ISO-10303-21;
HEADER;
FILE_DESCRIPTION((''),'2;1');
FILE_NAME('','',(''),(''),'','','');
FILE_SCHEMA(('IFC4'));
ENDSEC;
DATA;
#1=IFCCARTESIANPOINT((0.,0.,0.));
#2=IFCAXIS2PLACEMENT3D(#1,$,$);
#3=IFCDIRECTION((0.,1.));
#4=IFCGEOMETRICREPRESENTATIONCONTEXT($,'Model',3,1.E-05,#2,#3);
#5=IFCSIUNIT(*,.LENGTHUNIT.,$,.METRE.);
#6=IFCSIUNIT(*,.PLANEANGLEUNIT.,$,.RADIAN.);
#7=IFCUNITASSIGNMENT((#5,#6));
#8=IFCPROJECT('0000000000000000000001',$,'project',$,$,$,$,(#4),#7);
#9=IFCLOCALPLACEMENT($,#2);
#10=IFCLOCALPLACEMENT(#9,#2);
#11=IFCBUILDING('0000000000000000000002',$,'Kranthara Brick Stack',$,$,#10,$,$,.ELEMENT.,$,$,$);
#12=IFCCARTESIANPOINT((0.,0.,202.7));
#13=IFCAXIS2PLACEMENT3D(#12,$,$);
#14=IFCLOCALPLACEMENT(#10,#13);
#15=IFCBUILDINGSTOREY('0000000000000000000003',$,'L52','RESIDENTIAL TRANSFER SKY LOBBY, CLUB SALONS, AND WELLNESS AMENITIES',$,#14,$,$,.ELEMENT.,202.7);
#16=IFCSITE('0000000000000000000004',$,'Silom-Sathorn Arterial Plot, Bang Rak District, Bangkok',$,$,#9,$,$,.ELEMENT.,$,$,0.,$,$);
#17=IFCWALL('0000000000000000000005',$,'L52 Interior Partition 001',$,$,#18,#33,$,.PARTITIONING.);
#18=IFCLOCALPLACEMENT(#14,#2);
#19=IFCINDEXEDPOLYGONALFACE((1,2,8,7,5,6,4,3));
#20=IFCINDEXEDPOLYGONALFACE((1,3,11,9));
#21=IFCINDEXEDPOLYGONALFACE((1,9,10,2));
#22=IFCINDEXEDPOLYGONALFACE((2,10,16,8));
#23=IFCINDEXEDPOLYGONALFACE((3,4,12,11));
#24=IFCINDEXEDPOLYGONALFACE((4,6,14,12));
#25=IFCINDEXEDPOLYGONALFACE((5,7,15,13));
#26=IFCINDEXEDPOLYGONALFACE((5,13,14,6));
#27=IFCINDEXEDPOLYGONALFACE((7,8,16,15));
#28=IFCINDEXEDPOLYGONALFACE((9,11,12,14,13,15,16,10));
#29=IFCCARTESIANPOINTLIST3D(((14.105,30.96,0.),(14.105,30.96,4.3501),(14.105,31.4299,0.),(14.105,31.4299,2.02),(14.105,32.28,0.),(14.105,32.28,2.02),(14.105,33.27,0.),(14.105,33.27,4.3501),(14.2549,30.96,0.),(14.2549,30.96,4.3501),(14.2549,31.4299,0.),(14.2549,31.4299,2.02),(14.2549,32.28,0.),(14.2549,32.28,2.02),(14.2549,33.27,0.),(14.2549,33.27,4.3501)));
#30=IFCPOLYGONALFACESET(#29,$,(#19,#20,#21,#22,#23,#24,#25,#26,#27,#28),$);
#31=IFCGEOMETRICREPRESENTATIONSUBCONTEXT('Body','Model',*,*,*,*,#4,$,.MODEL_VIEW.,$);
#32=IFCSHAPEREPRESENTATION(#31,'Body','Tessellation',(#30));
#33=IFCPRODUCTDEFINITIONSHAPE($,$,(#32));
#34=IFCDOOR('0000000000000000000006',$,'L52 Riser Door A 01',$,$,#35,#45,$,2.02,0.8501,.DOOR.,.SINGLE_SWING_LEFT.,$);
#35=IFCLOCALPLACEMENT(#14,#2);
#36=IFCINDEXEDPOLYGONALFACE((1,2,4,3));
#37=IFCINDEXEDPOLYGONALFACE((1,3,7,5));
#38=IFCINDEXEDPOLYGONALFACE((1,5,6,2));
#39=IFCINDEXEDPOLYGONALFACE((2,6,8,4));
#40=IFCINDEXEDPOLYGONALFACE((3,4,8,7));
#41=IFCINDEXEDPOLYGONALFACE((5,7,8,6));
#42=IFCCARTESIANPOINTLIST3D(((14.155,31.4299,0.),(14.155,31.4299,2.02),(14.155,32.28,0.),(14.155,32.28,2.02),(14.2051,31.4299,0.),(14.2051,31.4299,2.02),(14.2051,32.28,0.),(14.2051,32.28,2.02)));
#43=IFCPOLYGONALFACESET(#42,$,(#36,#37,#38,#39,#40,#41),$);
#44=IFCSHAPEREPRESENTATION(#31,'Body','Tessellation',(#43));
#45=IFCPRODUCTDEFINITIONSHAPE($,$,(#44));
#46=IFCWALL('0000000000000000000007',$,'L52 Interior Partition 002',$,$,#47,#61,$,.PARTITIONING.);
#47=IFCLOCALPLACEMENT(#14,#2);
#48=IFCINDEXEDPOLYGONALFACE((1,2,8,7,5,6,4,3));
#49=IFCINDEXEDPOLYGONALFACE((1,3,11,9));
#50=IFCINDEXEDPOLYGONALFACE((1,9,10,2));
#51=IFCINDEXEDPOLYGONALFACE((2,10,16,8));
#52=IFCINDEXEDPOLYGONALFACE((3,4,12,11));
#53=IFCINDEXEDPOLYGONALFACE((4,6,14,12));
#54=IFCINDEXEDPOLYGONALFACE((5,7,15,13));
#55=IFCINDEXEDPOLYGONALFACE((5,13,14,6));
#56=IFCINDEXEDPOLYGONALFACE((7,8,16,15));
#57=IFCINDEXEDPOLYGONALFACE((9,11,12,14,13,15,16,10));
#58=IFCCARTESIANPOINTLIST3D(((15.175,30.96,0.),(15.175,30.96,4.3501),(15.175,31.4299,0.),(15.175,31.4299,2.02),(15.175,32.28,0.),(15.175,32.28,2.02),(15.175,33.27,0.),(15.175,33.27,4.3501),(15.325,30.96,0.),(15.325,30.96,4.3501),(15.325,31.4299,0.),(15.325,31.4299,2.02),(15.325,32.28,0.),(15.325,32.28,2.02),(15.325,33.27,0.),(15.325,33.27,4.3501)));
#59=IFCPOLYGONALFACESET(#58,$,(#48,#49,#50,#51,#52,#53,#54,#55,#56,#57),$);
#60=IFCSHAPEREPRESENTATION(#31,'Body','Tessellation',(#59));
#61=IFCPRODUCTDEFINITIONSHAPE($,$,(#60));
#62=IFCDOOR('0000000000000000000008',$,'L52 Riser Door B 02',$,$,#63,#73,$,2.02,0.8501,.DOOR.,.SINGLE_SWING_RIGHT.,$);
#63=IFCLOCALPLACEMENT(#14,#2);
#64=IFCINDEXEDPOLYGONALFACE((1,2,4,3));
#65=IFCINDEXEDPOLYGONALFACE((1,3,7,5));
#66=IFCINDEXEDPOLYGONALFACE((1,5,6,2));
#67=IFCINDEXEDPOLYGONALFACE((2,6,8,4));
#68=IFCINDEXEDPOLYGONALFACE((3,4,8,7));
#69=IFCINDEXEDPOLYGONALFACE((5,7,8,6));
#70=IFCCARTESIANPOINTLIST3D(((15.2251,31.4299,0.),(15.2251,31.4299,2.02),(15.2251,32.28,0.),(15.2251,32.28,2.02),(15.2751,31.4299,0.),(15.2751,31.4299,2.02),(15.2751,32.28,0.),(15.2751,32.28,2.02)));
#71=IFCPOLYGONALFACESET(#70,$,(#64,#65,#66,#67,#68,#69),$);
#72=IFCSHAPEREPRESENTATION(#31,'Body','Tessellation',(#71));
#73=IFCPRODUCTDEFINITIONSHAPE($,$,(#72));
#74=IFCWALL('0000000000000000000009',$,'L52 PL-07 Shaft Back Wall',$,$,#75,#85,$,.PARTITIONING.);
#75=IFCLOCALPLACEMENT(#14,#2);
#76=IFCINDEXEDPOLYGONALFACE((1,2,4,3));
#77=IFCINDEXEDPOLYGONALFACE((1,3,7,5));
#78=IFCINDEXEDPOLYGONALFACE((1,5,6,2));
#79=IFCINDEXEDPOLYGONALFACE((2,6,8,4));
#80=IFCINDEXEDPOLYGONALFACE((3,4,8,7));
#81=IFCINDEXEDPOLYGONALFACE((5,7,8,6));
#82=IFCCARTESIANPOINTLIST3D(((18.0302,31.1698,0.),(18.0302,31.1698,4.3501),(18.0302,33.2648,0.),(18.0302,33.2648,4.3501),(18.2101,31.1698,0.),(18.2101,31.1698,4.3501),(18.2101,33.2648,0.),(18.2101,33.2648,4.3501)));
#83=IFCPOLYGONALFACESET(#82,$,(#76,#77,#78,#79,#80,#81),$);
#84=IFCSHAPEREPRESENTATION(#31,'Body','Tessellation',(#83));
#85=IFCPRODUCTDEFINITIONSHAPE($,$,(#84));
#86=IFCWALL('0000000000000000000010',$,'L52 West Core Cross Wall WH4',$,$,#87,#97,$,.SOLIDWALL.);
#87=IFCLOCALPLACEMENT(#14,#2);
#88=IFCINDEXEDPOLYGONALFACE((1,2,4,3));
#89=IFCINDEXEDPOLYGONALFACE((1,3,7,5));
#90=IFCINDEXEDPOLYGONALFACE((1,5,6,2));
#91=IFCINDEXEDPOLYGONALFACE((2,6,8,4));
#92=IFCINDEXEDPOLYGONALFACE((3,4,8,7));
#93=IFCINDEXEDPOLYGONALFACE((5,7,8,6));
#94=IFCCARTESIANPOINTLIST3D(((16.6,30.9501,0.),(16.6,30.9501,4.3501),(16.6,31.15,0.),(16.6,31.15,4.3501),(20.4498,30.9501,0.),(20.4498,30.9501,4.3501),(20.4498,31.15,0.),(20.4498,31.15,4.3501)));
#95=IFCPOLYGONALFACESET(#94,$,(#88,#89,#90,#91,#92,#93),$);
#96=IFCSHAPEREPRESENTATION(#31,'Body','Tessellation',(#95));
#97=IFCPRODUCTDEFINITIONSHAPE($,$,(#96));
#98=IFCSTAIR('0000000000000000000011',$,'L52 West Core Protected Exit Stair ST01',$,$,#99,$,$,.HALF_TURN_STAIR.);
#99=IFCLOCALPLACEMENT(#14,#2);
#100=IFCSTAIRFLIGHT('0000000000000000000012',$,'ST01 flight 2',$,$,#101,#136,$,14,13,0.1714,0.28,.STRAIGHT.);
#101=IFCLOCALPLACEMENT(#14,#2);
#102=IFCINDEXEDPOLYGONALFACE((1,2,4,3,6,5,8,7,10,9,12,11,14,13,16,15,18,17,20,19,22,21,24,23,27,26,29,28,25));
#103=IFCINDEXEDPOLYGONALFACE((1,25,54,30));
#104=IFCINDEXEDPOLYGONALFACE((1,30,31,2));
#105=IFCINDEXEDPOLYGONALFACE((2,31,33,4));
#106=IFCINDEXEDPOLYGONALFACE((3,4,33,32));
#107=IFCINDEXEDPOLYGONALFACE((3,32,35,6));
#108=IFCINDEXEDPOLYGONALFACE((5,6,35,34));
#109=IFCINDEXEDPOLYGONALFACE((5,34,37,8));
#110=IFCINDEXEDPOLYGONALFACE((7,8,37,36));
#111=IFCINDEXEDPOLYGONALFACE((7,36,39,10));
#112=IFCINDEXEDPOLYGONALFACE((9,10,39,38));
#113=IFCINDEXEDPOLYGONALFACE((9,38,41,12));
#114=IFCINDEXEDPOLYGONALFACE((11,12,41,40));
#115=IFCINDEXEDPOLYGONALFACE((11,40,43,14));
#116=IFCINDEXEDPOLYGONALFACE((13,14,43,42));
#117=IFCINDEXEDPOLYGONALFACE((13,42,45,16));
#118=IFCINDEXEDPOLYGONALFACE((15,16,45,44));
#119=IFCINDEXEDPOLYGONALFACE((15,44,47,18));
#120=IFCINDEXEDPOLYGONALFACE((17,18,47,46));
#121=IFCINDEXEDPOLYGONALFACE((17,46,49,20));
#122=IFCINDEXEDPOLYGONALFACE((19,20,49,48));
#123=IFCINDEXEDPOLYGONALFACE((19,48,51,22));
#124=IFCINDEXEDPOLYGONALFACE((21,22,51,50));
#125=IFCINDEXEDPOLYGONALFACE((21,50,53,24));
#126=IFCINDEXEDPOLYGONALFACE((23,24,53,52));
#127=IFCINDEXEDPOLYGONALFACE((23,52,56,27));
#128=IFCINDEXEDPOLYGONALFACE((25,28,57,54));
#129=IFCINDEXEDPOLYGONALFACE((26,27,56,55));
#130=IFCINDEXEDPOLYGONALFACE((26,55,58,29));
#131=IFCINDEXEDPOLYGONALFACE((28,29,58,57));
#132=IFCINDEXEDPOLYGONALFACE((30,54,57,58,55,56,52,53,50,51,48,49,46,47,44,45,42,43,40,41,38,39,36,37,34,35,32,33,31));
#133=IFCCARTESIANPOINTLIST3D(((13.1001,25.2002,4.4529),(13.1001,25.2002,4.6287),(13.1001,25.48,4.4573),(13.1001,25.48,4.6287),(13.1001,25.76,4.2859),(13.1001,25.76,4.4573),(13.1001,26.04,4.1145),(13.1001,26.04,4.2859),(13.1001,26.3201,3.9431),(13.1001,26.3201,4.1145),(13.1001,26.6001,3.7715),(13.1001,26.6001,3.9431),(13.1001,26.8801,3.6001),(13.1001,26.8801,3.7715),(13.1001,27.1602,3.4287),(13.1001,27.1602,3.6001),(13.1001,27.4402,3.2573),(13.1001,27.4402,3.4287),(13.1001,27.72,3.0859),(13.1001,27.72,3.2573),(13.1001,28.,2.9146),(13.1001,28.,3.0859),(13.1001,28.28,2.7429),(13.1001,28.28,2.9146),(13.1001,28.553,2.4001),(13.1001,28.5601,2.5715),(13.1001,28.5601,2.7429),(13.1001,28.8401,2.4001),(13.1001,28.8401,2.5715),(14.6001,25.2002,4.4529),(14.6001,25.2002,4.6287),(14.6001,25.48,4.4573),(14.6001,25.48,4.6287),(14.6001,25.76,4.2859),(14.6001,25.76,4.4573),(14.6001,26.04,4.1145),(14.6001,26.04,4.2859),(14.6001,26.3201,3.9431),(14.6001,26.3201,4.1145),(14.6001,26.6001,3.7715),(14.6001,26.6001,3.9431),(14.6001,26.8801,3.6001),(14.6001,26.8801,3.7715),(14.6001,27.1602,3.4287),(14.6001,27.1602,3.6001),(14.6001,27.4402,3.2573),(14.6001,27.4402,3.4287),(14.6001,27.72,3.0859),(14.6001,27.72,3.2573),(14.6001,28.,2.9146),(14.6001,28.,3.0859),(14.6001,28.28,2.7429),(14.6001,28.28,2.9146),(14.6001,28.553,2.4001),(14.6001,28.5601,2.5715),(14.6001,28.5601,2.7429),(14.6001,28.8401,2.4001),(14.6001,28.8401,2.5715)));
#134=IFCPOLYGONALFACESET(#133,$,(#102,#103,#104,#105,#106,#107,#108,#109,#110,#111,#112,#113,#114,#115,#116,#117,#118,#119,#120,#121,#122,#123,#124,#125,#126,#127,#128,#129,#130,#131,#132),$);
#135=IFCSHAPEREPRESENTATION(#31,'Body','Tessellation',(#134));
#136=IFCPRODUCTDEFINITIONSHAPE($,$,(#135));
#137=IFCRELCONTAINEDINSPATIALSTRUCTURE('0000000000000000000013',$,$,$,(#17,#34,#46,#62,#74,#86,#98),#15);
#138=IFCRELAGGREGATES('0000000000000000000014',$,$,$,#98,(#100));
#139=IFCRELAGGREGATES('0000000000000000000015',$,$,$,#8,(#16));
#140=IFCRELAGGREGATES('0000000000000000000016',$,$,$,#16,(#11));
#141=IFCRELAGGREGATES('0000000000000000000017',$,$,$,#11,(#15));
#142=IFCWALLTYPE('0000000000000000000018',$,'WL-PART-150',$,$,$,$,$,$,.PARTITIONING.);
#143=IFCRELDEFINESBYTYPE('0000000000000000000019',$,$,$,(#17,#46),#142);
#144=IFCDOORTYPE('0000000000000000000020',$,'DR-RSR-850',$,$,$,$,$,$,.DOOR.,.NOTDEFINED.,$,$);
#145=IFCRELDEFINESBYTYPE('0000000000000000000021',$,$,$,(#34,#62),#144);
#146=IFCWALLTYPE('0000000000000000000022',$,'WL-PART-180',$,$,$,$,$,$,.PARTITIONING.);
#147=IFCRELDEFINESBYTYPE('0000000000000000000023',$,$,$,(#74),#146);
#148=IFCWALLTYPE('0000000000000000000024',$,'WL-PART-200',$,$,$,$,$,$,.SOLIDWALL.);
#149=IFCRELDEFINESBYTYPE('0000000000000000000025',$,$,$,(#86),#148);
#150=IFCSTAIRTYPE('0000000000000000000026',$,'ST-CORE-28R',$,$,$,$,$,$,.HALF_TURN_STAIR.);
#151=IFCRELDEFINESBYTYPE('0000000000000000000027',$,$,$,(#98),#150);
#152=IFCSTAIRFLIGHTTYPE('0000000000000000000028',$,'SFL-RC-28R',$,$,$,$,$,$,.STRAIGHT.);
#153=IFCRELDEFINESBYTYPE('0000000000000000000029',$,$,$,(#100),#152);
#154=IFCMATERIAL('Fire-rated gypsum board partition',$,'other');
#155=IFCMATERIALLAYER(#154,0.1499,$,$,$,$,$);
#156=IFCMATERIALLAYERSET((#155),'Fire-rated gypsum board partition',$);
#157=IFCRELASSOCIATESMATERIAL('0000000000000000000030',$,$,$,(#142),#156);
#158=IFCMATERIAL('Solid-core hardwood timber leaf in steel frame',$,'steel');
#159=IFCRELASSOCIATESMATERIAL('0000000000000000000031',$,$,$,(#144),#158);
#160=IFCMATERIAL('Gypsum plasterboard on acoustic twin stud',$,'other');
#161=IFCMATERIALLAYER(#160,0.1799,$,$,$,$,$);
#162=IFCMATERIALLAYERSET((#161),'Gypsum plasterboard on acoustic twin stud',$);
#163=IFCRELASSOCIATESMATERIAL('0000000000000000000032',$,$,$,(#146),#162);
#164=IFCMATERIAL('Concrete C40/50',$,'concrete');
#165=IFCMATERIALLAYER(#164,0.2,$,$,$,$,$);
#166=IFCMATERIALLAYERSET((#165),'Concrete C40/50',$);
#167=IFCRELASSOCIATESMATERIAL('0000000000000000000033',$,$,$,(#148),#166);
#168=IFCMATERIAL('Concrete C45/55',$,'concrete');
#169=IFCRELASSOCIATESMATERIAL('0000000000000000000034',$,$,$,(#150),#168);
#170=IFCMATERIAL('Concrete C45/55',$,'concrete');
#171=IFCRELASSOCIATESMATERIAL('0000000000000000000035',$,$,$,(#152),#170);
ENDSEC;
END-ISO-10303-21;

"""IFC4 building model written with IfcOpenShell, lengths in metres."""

from ifc_helpers import new_model, si_unit, direction, frame, frame_2d, origin, place, context, subcontext, project, spatial, polyline, rectangle, outline, extrude, material, layer, layer_set, type_object, element, fill, aggregate, save


model = new_model("IFC4")

# Units and contexts
model_context = context("Model", 3, precision=1e-05, world=origin(), true_north=direction((0.0, 1.0)))
body_context = subcontext(model_context, "Body", "Model", "MODEL_VIEW")
ifc_project = project(units=[si_unit("LENGTHUNIT", "METRE"), si_unit("PLANEANGLEUNIT", "RADIAN")], contexts=[model_context])

# Site, building, storey
site_placement = place(None, origin())
site = spatial("IfcSite", under=ifc_project, at=site_placement, Name="Silom-Sathorn Arterial Plot, Bang Rak District, Bangkok", CompositionType="ELEMENT", RefElevation=0.0)
building_placement = place(site_placement, origin())
building = spatial("IfcBuilding", under=site, at=building_placement, Name="Kranthara Brick Stack", CompositionType="ELEMENT")
storey_placement = place(building_placement, frame((0.0, 0.0, 202.7)))
storey = spatial("IfcBuildingStorey", under=building, at=storey_placement, Name="L52", Description="RESIDENTIAL TRANSFER SKY LOBBY, CLUB SALONS, AND WELLNESS AMENITIES", CompositionType="ELEMENT", Elevation=202.7)

# Walls, openings, doors
ifc_material_1 = material(Name="Fire-rated gypsum board partition", Category="other")
ifc_layer_1 = layer(ifc_material_1, 0.1499)
ifc_layer_set_1 = layer_set([ifc_layer_1], Name="Fire-rated gypsum board partition")
wall_type_1 = type_object("IfcWallType", Name="WL-PART-150", PredefinedType="PARTITIONING", material=ifc_layer_set_1)
wall_1_placement = place(storey_placement, frame((14.1799, 30.96, 0.0), z_axis=(0.0, 0.0, 1.0), x_axis=(0.0, 1.0, 0.0)))
wall_1 = element("IfcWall", 1, at=wall_1_placement, inside=storey, type_object=wall_type_1, Name="L52 Interior Partition 001", PredefinedType="PARTITIONING", context=body_context, shape_type="SweptSolid", body=[
    extrude(rectangle(XDim=2.3101, YDim=0.1499, at=frame_2d((1.155, 0.0))), origin(), (0.0, 0.0, 1.0), 4.3501),
])
opening_1_placement = place(wall_1_placement, frame((0.47, 0.0, 0.0)))
opening_1 = element("IfcOpeningElement", 2, at=opening_1_placement, cuts=wall_1, PredefinedType="OPENING", context=body_context, shape_type="SweptSolid", body=[
    extrude(rectangle(XDim=0.8501, YDim=2.02, at=frame_2d((0.425, 1.01))), frame((0.0, 0.085, 0.0), z_axis=(0.0, -1.0, 0.0), x_axis=(1.0, 0.0, 0.0)), (0.0, 0.0, 1.0), 0.1699),
])
ifc_material_2 = material(Name="Solid-core hardwood timber leaf in steel frame", Category="steel")
door_type = type_object("IfcDoorType", Name="DR-RSR-850", OperationType="NOTDEFINED", PredefinedType="DOOR", material=ifc_material_2)
door_1_placement = place(opening_1_placement, origin())
door_1 = element("IfcDoor", 3, at=door_1_placement, inside=storey, type_object=door_type, Name="L52 Riser Door A 01", OperationType="SINGLE_SWING_LEFT", OverallHeight=2.02, OverallWidth=0.8501, PredefinedType="DOOR", context=body_context, shape_type="SweptSolid", body=[
    extrude(rectangle(XDim=0.8501, YDim=2.02, at=frame_2d((0.425, 1.01))), frame((0.0, 0.0249, 0.0), z_axis=(0.0, -1.0, 0.0), x_axis=(1.0, 0.0, 0.0)), (0.0, 0.0, 1.0), 0.05),
])
fill(opening_1, door_1)
wall_2_placement = place(storey_placement, frame((15.25, 30.96, 0.0), z_axis=(0.0, 0.0, 1.0), x_axis=(0.0, 1.0, 0.0)))
wall_2 = element("IfcWall", 4, at=wall_2_placement, inside=storey, type_object=wall_type_1, Name="L52 Interior Partition 002", PredefinedType="PARTITIONING", context=body_context, shape_type="SweptSolid", body=[
    extrude(rectangle(XDim=2.3101, YDim=0.1499, at=frame_2d((1.155, 0.0))), origin(), (0.0, 0.0, 1.0), 4.3501),
])
opening_2_placement = place(wall_2_placement, frame((0.47, 0.0, 0.0)))
opening_2 = element("IfcOpeningElement", 5, at=opening_2_placement, cuts=wall_2, PredefinedType="OPENING", context=body_context, shape_type="SweptSolid", body=[
    extrude(rectangle(XDim=0.8501, YDim=2.02, at=frame_2d((0.425, 1.01))), frame((0.0, 0.085, 0.0), z_axis=(0.0, -1.0, 0.0), x_axis=(1.0, 0.0, 0.0)), (0.0, 0.0, 1.0), 0.1699),
])
door_2_placement = place(opening_2_placement, origin())
door_2 = element("IfcDoor", 6, at=door_2_placement, inside=storey, type_object=door_type, Name="L52 Riser Door B 02", OperationType="SINGLE_SWING_RIGHT", OverallHeight=2.02, OverallWidth=0.8501, PredefinedType="DOOR", context=body_context, shape_type="SweptSolid", body=[
    extrude(rectangle(XDim=0.8501, YDim=2.02, at=frame_2d((0.425, 1.01))), frame((0.0, 0.0249, 0.0), z_axis=(0.0, -1.0, 0.0), x_axis=(1.0, 0.0, 0.0)), (0.0, 0.0, 1.0), 0.05),
])
fill(opening_2, door_2)

# Walls
ifc_material_3 = material(Name="Gypsum plasterboard on acoustic twin stud", Category="other")
ifc_layer_2 = layer(ifc_material_3, 0.1799)
ifc_layer_set_2 = layer_set([ifc_layer_2], Name="Gypsum plasterboard on acoustic twin stud")
wall_type_2 = type_object("IfcWallType", Name="WL-PART-180", PredefinedType="PARTITIONING", material=ifc_layer_set_2)
wall_3_placement = place(storey_placement, frame((18.1201, 31.1699, 0.0), z_axis=(0.0, 0.0, 1.0), x_axis=(0.0, 1.0, 0.0)))
element("IfcWall", 7, at=wall_3_placement, inside=storey, type_object=wall_type_2, Name="L52 PL-07 Shaft Back Wall", PredefinedType="PARTITIONING", context=body_context, shape_type="SweptSolid", body=[
    extrude(rectangle(XDim=2.095, YDim=0.1799, at=frame_2d((1.0474, 0.0))), origin(), (0.0, 0.0, 1.0), 4.3501),
])
ifc_material_4 = material(Name="Concrete C40/50", Category="concrete")
ifc_layer_3 = layer(ifc_material_4, 0.2)
ifc_layer_set_3 = layer_set([ifc_layer_3], Name="Concrete C40/50")
wall_type_3 = type_object("IfcWallType", Name="WL-PART-200", PredefinedType="SOLIDWALL", material=ifc_layer_set_3)
wall_4_placement = place(storey_placement, frame((16.6001, 31.05, 0.0), z_axis=(0.0, 0.0, 1.0), x_axis=(1.0, 0.0, 0.0)))
element("IfcWall", 8, at=wall_4_placement, inside=storey, type_object=wall_type_3, Name="L52 West Core Cross Wall WH4", PredefinedType="SOLIDWALL", context=body_context, shape_type="SweptSolid", body=[
    extrude(rectangle(XDim=3.8499, YDim=0.2, at=frame_2d((1.9248, 0.0))), origin(), (0.0, 0.0, 1.0), 4.3501),
])

# Stair, stair flight
ifc_material_5 = material(Name="Concrete C45/55", Category="concrete")
stair_type = type_object("IfcStairType", Name="ST-CORE-28R", PredefinedType="HALF_TURN_STAIR", material=ifc_material_5)
stair_placement = place(storey_placement, origin())
stair = element("IfcStair", 9, at=stair_placement, inside=storey, type_object=stair_type, Name="L52 West Core Protected Exit Stair ST01", PredefinedType="HALF_TURN_STAIR")
ifc_material_6 = material(Name="Concrete C45/55", Category="concrete")
stair_flight_type = type_object("IfcStairFlightType", Name="SFL-RC-28R", PredefinedType="STRAIGHT", material=ifc_material_6)
stair_flight_placement = place(storey_placement, frame((13.8501, 28.8401, 2.4001), z_axis=(0.0, 0.0, 1.0), x_axis=(0.0, -1.0, 0.0)))
stair_flight = element("IfcStairFlight", 10, at=stair_flight_placement, type_object=stair_flight_type, Name="ST01 flight 2", NumberOfRisers=14, NumberOfTreads=13, PredefinedType="STRAIGHT", RiserHeight=0.1714, TreadLength=0.28, context=body_context, shape_type="SweptSolid", body=[
    extrude(outline(polyline([(0.0, 0.0), (0.0, 0.1714), (0.28, 0.1714), (0.28, 0.3428), (0.5601, 0.3428), (0.5601, 0.5144), (0.8401, 0.5144), (0.8401, 0.6858), (1.1201, 0.6858), (1.1201, 0.8572), (1.3999, 0.8572), (1.3999, 1.0286), (1.6799, 1.0286), (1.6799, 1.2), (1.96, 1.2), (1.96, 1.3713), (2.24, 1.3713), (2.24, 1.543), (2.52, 1.543), (2.52, 1.7144), (2.8, 1.7144), (2.8, 1.8857), (3.0801, 1.8857), (3.0801, 2.0571), (3.3601, 2.0571), (3.3601, 2.2285), (3.6399, 2.2285), (3.6399, 2.3999), (3.6399, 2.0527), (0.2871, 0.0), (0.0, 0.0)])), frame((0.0, 0.75, 0.0), z_axis=(0.0, -1.0, 0.0), x_axis=(1.0, 0.0, 0.0)), (0.0, 0.0, 1.0), 1.5),
])
aggregate(stair, [stair_flight])

save(model, "model.ifc")
